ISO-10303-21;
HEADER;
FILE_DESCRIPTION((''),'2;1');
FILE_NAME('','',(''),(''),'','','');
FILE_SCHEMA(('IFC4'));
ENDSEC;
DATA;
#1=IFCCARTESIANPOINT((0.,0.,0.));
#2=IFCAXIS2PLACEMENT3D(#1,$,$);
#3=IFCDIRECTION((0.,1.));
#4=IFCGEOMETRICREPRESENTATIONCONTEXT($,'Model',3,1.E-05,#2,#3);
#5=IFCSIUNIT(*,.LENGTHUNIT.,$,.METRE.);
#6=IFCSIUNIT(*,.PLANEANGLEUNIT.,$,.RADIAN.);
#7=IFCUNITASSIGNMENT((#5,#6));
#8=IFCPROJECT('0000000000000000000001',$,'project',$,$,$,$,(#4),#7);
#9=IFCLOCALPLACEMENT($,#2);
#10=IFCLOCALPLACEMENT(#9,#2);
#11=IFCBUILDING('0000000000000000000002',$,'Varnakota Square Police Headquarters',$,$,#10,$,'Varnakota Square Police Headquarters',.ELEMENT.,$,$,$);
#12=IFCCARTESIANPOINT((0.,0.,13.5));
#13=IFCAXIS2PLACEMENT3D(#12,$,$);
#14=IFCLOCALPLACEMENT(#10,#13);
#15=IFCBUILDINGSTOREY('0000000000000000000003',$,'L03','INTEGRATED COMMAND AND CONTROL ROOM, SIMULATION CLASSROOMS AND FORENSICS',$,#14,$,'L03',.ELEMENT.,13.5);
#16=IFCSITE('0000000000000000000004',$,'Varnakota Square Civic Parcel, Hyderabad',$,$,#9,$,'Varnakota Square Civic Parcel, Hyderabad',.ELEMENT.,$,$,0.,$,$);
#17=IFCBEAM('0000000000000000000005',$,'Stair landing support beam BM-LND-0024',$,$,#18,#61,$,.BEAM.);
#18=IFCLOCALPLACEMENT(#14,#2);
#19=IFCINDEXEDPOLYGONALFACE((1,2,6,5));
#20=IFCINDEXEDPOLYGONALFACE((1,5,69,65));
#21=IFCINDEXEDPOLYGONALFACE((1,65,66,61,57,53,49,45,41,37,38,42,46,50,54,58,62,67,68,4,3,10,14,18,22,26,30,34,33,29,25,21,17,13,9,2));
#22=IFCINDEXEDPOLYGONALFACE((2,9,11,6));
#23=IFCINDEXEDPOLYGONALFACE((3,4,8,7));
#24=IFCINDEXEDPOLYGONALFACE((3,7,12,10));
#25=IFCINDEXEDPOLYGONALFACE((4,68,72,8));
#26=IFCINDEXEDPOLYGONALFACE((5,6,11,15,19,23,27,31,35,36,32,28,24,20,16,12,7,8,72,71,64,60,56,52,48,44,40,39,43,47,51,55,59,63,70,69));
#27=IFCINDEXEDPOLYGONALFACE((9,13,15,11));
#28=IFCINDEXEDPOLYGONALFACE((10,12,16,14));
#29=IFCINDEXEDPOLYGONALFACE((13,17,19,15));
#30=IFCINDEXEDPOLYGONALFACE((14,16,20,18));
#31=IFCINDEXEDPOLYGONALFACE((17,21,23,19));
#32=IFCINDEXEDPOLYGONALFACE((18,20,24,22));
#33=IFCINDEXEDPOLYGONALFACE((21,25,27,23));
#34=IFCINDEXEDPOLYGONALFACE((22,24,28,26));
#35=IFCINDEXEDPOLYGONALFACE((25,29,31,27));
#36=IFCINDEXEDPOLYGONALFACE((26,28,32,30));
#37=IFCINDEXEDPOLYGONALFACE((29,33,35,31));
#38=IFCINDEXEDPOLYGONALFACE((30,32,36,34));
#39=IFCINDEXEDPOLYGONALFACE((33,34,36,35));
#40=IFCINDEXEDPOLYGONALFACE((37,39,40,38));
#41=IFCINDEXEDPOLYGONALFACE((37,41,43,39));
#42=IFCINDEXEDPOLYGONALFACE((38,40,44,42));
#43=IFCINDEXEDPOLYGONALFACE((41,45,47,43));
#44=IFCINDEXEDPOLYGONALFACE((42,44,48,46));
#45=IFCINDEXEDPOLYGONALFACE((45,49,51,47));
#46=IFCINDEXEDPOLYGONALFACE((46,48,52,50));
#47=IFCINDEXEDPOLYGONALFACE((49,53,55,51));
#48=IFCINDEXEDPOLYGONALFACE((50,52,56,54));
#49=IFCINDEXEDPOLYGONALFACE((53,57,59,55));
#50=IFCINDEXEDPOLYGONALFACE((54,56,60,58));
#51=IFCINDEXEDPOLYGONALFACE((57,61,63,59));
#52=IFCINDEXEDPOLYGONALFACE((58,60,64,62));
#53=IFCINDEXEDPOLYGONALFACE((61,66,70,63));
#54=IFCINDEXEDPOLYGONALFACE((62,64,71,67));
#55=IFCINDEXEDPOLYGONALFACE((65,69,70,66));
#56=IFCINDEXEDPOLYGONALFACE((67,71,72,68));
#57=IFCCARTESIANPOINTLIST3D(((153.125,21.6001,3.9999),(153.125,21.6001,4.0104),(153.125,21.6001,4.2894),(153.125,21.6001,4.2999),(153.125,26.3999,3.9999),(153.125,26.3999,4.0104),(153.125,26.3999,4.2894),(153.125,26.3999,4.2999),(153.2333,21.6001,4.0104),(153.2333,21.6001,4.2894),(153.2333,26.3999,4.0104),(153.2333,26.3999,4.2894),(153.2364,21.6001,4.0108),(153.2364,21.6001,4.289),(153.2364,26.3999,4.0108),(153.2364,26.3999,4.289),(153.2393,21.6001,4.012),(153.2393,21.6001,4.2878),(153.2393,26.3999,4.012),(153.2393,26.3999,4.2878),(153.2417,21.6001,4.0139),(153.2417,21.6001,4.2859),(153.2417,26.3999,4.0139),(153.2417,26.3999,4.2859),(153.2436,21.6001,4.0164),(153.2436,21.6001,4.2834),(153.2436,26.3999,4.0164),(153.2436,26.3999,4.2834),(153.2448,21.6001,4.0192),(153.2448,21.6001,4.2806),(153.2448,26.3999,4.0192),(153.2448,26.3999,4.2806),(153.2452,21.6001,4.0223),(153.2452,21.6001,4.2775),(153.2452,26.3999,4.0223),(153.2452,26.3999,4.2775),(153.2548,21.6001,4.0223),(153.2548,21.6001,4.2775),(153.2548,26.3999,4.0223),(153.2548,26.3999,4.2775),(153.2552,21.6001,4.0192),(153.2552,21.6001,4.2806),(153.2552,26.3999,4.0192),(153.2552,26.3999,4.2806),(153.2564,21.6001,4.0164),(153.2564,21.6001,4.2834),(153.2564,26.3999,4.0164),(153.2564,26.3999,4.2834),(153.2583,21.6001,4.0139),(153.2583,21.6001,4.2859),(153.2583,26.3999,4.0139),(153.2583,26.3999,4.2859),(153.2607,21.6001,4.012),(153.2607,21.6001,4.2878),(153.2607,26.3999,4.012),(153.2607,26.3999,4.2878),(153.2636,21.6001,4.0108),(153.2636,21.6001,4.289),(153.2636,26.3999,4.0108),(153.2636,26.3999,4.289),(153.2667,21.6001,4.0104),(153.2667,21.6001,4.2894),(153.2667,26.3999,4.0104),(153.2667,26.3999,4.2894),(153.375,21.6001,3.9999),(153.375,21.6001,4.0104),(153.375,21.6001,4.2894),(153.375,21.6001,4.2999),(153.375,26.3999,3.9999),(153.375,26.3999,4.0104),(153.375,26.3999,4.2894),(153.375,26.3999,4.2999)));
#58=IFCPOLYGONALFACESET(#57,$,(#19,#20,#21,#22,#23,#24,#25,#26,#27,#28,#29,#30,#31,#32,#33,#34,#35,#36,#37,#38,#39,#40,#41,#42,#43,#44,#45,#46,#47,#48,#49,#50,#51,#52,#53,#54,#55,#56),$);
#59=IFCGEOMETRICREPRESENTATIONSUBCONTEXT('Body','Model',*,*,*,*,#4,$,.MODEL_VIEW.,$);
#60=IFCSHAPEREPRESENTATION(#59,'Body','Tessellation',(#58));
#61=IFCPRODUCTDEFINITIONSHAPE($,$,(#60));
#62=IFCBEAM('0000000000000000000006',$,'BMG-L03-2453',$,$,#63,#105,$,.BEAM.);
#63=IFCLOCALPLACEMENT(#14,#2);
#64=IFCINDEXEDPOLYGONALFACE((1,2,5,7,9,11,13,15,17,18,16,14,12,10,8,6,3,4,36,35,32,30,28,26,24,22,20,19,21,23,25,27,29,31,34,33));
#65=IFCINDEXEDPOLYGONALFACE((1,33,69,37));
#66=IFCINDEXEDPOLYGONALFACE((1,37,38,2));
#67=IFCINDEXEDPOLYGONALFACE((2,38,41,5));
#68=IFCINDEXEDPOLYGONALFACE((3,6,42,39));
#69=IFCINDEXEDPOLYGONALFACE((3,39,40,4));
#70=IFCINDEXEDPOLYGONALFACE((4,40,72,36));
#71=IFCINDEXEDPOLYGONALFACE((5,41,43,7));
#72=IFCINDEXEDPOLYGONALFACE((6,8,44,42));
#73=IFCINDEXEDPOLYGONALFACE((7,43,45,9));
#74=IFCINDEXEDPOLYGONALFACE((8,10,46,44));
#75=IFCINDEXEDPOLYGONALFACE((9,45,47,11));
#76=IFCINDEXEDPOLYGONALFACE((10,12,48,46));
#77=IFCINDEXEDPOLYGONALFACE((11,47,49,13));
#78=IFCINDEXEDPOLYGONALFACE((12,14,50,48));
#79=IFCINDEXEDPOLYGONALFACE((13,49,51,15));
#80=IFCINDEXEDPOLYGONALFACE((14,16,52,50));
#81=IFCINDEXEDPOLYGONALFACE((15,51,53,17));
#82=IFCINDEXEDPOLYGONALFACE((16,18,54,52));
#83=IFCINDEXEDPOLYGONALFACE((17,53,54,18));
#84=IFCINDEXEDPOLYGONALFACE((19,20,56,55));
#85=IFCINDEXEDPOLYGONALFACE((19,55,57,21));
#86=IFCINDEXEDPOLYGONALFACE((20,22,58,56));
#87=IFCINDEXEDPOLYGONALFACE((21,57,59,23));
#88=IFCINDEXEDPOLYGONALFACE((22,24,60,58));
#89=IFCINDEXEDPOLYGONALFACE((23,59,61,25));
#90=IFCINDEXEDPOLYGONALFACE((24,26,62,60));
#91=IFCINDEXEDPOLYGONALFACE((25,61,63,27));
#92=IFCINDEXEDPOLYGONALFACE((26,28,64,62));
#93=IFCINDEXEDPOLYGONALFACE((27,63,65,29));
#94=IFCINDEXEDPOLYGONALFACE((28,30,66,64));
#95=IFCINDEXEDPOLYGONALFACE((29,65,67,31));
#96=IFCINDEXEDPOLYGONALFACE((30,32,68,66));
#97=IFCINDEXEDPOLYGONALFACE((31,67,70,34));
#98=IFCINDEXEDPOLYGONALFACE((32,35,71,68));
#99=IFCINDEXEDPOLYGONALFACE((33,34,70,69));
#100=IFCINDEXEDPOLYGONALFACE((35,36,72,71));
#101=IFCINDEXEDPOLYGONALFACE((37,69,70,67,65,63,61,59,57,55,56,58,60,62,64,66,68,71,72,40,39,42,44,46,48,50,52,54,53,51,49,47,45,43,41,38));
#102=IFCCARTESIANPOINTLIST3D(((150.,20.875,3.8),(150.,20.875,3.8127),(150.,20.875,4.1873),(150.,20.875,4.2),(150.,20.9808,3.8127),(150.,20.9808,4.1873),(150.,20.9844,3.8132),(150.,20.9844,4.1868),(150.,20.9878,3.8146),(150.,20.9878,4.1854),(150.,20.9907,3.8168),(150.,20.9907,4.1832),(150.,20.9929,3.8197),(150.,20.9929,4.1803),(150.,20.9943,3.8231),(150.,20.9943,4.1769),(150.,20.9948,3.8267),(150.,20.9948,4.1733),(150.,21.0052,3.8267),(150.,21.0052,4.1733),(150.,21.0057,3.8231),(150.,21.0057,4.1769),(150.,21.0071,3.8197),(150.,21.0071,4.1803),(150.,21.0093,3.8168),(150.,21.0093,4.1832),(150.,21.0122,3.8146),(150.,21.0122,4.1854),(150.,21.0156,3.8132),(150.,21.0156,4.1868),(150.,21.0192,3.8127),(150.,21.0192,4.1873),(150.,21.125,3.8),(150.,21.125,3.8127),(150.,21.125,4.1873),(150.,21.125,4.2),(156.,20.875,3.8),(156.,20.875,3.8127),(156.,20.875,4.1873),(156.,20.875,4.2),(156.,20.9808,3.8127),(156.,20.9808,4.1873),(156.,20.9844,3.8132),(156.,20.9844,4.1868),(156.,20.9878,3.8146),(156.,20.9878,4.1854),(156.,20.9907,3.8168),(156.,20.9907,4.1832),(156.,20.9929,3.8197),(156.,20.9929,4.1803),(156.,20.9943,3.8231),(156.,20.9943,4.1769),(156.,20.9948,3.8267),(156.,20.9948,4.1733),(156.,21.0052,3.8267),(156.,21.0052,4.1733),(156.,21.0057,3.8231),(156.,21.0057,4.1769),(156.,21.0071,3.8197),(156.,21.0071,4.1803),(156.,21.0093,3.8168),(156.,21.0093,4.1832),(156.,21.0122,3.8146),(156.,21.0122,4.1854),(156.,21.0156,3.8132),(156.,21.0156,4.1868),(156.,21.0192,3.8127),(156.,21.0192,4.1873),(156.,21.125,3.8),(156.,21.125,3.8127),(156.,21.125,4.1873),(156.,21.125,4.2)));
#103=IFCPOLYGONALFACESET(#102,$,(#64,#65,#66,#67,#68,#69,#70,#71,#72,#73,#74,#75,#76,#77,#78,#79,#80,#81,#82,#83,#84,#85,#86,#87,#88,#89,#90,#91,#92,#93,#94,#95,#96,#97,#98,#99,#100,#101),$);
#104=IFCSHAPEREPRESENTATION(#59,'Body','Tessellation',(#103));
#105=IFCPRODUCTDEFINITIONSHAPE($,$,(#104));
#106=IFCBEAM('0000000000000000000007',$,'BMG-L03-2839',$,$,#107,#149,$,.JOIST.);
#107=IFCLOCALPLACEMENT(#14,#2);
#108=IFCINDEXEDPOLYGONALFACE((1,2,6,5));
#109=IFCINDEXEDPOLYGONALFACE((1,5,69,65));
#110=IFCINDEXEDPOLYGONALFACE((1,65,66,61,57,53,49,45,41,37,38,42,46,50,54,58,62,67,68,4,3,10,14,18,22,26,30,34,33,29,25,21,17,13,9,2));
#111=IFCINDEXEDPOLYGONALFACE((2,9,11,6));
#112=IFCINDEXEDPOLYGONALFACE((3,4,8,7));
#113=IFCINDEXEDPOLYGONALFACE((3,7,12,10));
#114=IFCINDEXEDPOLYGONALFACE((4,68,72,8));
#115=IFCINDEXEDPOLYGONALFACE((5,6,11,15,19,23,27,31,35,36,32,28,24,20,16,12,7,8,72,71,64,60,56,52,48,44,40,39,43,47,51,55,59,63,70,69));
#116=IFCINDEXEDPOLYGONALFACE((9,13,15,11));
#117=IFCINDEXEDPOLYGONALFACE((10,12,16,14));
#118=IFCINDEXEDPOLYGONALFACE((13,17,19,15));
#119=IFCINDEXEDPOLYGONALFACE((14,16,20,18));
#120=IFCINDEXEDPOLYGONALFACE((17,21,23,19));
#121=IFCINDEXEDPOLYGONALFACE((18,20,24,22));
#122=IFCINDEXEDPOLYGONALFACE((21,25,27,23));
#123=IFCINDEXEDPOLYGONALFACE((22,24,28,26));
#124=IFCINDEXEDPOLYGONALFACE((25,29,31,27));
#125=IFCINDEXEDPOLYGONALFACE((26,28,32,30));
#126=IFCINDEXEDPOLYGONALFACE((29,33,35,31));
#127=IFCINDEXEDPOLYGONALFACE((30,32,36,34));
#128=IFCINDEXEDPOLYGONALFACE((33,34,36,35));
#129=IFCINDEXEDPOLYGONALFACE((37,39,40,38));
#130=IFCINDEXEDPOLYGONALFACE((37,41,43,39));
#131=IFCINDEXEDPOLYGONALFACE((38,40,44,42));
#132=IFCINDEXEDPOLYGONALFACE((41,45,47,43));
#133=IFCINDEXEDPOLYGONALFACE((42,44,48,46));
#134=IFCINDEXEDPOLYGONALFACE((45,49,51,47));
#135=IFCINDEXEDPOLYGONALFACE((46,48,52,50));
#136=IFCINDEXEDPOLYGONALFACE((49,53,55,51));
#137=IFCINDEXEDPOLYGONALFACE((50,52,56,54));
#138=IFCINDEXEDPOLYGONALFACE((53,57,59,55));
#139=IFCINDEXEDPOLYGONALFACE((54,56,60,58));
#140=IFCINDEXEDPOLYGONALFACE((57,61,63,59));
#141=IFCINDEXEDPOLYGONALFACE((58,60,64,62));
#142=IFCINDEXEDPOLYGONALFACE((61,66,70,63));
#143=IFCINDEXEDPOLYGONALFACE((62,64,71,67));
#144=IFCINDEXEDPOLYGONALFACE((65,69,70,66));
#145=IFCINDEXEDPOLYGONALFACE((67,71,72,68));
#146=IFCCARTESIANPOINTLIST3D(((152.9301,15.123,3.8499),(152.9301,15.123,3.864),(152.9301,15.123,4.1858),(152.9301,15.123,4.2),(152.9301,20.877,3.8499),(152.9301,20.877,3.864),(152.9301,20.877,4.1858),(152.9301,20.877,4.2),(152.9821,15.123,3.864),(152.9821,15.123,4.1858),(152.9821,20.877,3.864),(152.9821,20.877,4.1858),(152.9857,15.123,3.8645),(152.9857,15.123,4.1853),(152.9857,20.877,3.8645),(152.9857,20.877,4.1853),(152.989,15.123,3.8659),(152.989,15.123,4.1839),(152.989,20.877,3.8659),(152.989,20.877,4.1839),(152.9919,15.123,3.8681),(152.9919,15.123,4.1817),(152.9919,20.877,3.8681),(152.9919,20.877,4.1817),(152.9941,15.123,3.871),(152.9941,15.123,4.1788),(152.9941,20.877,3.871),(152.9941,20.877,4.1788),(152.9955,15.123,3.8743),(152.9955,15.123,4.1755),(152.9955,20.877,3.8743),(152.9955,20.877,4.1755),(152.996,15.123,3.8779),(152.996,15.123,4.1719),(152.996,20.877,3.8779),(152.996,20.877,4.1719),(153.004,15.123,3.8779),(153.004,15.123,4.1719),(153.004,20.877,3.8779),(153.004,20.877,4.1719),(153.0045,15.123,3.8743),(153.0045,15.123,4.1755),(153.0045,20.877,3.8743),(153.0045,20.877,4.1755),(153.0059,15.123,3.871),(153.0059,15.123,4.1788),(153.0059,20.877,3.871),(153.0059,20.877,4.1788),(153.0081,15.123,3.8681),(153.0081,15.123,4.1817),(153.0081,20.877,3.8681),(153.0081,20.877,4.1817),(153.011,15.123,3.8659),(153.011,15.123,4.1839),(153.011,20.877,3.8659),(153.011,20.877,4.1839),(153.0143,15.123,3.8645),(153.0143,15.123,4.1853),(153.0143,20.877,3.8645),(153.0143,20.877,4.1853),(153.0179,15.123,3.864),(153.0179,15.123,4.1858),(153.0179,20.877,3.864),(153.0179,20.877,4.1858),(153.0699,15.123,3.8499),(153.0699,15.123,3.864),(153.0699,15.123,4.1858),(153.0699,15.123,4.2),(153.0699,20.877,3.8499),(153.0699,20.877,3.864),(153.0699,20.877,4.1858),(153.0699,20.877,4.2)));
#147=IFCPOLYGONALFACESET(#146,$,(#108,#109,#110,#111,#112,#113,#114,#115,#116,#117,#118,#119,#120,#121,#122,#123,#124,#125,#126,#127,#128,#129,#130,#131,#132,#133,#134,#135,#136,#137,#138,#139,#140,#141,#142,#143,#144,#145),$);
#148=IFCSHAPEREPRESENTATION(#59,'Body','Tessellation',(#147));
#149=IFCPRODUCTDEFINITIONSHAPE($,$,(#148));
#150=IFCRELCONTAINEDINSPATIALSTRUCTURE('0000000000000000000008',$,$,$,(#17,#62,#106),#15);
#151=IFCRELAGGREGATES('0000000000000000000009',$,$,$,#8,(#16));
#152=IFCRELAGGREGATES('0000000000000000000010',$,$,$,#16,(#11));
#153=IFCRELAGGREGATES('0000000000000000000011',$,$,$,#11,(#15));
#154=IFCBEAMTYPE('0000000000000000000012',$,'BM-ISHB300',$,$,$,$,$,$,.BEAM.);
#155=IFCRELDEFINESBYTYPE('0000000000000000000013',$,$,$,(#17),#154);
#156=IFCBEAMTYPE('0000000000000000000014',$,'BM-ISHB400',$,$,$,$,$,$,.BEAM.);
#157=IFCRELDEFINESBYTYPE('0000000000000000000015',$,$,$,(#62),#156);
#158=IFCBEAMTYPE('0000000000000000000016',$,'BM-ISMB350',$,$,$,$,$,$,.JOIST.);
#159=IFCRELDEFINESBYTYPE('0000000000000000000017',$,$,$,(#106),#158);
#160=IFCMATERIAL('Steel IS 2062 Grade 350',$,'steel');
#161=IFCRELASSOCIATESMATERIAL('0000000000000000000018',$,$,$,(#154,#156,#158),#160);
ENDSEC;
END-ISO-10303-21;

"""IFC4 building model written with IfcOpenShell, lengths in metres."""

from ifc_helpers import new_model, si_unit, direction, frame, origin, origin_2d, place, context, subcontext, project, spatial, i_section, extrude, material, material_profile, profile_set, type_object, element, save


model = new_model("IFC4")

# Units and contexts
model_context = context("Model", 3, precision=1e-05, world=origin(), true_north=direction((0.0, 1.0)))
body_context = subcontext(model_context, "Body", "Model", "MODEL_VIEW")
ifc_project = project(units=[si_unit("LENGTHUNIT", "METRE"), si_unit("PLANEANGLEUNIT", "RADIAN")], contexts=[model_context])

# Site, building, storey
site_placement = place(None, origin())
site = spatial("IfcSite", under=ifc_project, at=site_placement, Name="Varnakota Square Civic Parcel, Hyderabad", LongName="Varnakota Square Civic Parcel, Hyderabad", CompositionType="ELEMENT", RefElevation=0.0)
building_placement = place(site_placement, origin())
building = spatial("IfcBuilding", under=site, at=building_placement, Name="Varnakota Square Police Headquarters", LongName="Varnakota Square Police Headquarters", CompositionType="ELEMENT")
storey_placement = place(building_placement, frame((0.0, 0.0, 13.5)))
storey = spatial("IfcBuildingStorey", under=building, at=storey_placement, Name="L03", Description="INTEGRATED COMMAND AND CONTROL ROOM, SIMULATION CLASSROOMS AND FORENSICS", LongName="L03", CompositionType="ELEMENT", Elevation=13.5)

# Shared definitions
ifc_material_1 = material(Name="Steel IS 2062 Grade 350", Category="steel")

# Beams
ifc_material_profile_1 = material_profile(ifc_material_1, i_section(OverallWidth=0.25, OverallDepth=0.3, WebThickness=0.0095, FlangeThickness=0.0105, FilletRadius=0.012, at=origin_2d()), Name="ISHB 300")
ifc_profile_set_1 = profile_set([ifc_material_profile_1], Name="Steel IS 2062 Grade 350")
beam_type_1 = type_object("IfcBeamType", Name="BM-ISHB300", PredefinedType="BEAM", material=ifc_profile_set_1)
for number, where, z_axis, x_axis, name in (
    (1, (153.25, 21.6001, 4.1499), (0.0, 1.0, 0.0), (-1.0, 0.0, 0.0), "Stair landing support beam BM-LND-0024"),
):
    element("IfcBeam", number, at=place(storey_placement, frame(where, z_axis=z_axis, x_axis=x_axis)), inside=storey, type_object=beam_type_1, Name=name, PredefinedType="BEAM", context=body_context, shape_type="SweptSolid", body=[
        extrude(i_section(OverallWidth=0.25, OverallDepth=0.3, WebThickness=0.0095, FlangeThickness=0.0105, FilletRadius=0.012, at=origin_2d()), origin(), (0.0, 0.0, 1.0), 4.7998),
    ])
ifc_material_profile_2 = material_profile(ifc_material_1, i_section(OverallWidth=0.25, OverallDepth=0.3999, WebThickness=0.0105, FlangeThickness=0.0127, FilletRadius=0.0139, at=origin_2d()), Name="ISHB 400")
ifc_profile_set_2 = profile_set([ifc_material_profile_2], Name="Steel IS 2062 Grade 350")
beam_type_2 = type_object("IfcBeamType", Name="BM-ISHB400", PredefinedType="BEAM", material=ifc_profile_set_2)
beam_1_placement = place(storey_placement, frame((150.0, 21.0, 4.0), z_axis=(1.0, 0.0, 0.0), x_axis=(0.0, 1.0, 0.0)))
element("IfcBeam", 2, at=beam_1_placement, inside=storey, type_object=beam_type_2, Name="BMG-L03-2453", PredefinedType="BEAM", context=body_context, shape_type="SweptSolid", body=[
    extrude(i_section(OverallWidth=0.25, OverallDepth=0.3999, WebThickness=0.0105, FlangeThickness=0.0127, FilletRadius=0.0139, at=origin_2d()), origin(), (0.0, 0.0, 1.0), 6.0),
])
ifc_material_profile_3 = material_profile(ifc_material_1, i_section(OverallWidth=0.1399, OverallDepth=0.3501, WebThickness=0.0081, FlangeThickness=0.0142, FilletRadius=0.0139, at=origin_2d()), Name="ISMB 350")
ifc_profile_set_3 = profile_set([ifc_material_profile_3], Name="Steel IS 2062 Grade 350")
beam_type_3 = type_object("IfcBeamType", Name="BM-ISMB350", PredefinedType="JOIST", material=ifc_profile_set_3)
beam_2_placement = place(storey_placement, frame((153.0, 15.123, 4.0249), z_axis=(0.0, 1.0, 0.0), x_axis=(-1.0, 0.0, 0.0)))
element("IfcBeam", 3, at=beam_2_placement, inside=storey, type_object=beam_type_3, Name="BMG-L03-2839", PredefinedType="JOIST", context=body_context, shape_type="SweptSolid", body=[
    extrude(i_section(OverallWidth=0.1399, OverallDepth=0.3501, WebThickness=0.0081, FlangeThickness=0.0142, FilletRadius=0.0139, at=origin_2d()), origin(), (0.0, 0.0, 1.0), 5.7539),
])

save(model, "model.ifc")
